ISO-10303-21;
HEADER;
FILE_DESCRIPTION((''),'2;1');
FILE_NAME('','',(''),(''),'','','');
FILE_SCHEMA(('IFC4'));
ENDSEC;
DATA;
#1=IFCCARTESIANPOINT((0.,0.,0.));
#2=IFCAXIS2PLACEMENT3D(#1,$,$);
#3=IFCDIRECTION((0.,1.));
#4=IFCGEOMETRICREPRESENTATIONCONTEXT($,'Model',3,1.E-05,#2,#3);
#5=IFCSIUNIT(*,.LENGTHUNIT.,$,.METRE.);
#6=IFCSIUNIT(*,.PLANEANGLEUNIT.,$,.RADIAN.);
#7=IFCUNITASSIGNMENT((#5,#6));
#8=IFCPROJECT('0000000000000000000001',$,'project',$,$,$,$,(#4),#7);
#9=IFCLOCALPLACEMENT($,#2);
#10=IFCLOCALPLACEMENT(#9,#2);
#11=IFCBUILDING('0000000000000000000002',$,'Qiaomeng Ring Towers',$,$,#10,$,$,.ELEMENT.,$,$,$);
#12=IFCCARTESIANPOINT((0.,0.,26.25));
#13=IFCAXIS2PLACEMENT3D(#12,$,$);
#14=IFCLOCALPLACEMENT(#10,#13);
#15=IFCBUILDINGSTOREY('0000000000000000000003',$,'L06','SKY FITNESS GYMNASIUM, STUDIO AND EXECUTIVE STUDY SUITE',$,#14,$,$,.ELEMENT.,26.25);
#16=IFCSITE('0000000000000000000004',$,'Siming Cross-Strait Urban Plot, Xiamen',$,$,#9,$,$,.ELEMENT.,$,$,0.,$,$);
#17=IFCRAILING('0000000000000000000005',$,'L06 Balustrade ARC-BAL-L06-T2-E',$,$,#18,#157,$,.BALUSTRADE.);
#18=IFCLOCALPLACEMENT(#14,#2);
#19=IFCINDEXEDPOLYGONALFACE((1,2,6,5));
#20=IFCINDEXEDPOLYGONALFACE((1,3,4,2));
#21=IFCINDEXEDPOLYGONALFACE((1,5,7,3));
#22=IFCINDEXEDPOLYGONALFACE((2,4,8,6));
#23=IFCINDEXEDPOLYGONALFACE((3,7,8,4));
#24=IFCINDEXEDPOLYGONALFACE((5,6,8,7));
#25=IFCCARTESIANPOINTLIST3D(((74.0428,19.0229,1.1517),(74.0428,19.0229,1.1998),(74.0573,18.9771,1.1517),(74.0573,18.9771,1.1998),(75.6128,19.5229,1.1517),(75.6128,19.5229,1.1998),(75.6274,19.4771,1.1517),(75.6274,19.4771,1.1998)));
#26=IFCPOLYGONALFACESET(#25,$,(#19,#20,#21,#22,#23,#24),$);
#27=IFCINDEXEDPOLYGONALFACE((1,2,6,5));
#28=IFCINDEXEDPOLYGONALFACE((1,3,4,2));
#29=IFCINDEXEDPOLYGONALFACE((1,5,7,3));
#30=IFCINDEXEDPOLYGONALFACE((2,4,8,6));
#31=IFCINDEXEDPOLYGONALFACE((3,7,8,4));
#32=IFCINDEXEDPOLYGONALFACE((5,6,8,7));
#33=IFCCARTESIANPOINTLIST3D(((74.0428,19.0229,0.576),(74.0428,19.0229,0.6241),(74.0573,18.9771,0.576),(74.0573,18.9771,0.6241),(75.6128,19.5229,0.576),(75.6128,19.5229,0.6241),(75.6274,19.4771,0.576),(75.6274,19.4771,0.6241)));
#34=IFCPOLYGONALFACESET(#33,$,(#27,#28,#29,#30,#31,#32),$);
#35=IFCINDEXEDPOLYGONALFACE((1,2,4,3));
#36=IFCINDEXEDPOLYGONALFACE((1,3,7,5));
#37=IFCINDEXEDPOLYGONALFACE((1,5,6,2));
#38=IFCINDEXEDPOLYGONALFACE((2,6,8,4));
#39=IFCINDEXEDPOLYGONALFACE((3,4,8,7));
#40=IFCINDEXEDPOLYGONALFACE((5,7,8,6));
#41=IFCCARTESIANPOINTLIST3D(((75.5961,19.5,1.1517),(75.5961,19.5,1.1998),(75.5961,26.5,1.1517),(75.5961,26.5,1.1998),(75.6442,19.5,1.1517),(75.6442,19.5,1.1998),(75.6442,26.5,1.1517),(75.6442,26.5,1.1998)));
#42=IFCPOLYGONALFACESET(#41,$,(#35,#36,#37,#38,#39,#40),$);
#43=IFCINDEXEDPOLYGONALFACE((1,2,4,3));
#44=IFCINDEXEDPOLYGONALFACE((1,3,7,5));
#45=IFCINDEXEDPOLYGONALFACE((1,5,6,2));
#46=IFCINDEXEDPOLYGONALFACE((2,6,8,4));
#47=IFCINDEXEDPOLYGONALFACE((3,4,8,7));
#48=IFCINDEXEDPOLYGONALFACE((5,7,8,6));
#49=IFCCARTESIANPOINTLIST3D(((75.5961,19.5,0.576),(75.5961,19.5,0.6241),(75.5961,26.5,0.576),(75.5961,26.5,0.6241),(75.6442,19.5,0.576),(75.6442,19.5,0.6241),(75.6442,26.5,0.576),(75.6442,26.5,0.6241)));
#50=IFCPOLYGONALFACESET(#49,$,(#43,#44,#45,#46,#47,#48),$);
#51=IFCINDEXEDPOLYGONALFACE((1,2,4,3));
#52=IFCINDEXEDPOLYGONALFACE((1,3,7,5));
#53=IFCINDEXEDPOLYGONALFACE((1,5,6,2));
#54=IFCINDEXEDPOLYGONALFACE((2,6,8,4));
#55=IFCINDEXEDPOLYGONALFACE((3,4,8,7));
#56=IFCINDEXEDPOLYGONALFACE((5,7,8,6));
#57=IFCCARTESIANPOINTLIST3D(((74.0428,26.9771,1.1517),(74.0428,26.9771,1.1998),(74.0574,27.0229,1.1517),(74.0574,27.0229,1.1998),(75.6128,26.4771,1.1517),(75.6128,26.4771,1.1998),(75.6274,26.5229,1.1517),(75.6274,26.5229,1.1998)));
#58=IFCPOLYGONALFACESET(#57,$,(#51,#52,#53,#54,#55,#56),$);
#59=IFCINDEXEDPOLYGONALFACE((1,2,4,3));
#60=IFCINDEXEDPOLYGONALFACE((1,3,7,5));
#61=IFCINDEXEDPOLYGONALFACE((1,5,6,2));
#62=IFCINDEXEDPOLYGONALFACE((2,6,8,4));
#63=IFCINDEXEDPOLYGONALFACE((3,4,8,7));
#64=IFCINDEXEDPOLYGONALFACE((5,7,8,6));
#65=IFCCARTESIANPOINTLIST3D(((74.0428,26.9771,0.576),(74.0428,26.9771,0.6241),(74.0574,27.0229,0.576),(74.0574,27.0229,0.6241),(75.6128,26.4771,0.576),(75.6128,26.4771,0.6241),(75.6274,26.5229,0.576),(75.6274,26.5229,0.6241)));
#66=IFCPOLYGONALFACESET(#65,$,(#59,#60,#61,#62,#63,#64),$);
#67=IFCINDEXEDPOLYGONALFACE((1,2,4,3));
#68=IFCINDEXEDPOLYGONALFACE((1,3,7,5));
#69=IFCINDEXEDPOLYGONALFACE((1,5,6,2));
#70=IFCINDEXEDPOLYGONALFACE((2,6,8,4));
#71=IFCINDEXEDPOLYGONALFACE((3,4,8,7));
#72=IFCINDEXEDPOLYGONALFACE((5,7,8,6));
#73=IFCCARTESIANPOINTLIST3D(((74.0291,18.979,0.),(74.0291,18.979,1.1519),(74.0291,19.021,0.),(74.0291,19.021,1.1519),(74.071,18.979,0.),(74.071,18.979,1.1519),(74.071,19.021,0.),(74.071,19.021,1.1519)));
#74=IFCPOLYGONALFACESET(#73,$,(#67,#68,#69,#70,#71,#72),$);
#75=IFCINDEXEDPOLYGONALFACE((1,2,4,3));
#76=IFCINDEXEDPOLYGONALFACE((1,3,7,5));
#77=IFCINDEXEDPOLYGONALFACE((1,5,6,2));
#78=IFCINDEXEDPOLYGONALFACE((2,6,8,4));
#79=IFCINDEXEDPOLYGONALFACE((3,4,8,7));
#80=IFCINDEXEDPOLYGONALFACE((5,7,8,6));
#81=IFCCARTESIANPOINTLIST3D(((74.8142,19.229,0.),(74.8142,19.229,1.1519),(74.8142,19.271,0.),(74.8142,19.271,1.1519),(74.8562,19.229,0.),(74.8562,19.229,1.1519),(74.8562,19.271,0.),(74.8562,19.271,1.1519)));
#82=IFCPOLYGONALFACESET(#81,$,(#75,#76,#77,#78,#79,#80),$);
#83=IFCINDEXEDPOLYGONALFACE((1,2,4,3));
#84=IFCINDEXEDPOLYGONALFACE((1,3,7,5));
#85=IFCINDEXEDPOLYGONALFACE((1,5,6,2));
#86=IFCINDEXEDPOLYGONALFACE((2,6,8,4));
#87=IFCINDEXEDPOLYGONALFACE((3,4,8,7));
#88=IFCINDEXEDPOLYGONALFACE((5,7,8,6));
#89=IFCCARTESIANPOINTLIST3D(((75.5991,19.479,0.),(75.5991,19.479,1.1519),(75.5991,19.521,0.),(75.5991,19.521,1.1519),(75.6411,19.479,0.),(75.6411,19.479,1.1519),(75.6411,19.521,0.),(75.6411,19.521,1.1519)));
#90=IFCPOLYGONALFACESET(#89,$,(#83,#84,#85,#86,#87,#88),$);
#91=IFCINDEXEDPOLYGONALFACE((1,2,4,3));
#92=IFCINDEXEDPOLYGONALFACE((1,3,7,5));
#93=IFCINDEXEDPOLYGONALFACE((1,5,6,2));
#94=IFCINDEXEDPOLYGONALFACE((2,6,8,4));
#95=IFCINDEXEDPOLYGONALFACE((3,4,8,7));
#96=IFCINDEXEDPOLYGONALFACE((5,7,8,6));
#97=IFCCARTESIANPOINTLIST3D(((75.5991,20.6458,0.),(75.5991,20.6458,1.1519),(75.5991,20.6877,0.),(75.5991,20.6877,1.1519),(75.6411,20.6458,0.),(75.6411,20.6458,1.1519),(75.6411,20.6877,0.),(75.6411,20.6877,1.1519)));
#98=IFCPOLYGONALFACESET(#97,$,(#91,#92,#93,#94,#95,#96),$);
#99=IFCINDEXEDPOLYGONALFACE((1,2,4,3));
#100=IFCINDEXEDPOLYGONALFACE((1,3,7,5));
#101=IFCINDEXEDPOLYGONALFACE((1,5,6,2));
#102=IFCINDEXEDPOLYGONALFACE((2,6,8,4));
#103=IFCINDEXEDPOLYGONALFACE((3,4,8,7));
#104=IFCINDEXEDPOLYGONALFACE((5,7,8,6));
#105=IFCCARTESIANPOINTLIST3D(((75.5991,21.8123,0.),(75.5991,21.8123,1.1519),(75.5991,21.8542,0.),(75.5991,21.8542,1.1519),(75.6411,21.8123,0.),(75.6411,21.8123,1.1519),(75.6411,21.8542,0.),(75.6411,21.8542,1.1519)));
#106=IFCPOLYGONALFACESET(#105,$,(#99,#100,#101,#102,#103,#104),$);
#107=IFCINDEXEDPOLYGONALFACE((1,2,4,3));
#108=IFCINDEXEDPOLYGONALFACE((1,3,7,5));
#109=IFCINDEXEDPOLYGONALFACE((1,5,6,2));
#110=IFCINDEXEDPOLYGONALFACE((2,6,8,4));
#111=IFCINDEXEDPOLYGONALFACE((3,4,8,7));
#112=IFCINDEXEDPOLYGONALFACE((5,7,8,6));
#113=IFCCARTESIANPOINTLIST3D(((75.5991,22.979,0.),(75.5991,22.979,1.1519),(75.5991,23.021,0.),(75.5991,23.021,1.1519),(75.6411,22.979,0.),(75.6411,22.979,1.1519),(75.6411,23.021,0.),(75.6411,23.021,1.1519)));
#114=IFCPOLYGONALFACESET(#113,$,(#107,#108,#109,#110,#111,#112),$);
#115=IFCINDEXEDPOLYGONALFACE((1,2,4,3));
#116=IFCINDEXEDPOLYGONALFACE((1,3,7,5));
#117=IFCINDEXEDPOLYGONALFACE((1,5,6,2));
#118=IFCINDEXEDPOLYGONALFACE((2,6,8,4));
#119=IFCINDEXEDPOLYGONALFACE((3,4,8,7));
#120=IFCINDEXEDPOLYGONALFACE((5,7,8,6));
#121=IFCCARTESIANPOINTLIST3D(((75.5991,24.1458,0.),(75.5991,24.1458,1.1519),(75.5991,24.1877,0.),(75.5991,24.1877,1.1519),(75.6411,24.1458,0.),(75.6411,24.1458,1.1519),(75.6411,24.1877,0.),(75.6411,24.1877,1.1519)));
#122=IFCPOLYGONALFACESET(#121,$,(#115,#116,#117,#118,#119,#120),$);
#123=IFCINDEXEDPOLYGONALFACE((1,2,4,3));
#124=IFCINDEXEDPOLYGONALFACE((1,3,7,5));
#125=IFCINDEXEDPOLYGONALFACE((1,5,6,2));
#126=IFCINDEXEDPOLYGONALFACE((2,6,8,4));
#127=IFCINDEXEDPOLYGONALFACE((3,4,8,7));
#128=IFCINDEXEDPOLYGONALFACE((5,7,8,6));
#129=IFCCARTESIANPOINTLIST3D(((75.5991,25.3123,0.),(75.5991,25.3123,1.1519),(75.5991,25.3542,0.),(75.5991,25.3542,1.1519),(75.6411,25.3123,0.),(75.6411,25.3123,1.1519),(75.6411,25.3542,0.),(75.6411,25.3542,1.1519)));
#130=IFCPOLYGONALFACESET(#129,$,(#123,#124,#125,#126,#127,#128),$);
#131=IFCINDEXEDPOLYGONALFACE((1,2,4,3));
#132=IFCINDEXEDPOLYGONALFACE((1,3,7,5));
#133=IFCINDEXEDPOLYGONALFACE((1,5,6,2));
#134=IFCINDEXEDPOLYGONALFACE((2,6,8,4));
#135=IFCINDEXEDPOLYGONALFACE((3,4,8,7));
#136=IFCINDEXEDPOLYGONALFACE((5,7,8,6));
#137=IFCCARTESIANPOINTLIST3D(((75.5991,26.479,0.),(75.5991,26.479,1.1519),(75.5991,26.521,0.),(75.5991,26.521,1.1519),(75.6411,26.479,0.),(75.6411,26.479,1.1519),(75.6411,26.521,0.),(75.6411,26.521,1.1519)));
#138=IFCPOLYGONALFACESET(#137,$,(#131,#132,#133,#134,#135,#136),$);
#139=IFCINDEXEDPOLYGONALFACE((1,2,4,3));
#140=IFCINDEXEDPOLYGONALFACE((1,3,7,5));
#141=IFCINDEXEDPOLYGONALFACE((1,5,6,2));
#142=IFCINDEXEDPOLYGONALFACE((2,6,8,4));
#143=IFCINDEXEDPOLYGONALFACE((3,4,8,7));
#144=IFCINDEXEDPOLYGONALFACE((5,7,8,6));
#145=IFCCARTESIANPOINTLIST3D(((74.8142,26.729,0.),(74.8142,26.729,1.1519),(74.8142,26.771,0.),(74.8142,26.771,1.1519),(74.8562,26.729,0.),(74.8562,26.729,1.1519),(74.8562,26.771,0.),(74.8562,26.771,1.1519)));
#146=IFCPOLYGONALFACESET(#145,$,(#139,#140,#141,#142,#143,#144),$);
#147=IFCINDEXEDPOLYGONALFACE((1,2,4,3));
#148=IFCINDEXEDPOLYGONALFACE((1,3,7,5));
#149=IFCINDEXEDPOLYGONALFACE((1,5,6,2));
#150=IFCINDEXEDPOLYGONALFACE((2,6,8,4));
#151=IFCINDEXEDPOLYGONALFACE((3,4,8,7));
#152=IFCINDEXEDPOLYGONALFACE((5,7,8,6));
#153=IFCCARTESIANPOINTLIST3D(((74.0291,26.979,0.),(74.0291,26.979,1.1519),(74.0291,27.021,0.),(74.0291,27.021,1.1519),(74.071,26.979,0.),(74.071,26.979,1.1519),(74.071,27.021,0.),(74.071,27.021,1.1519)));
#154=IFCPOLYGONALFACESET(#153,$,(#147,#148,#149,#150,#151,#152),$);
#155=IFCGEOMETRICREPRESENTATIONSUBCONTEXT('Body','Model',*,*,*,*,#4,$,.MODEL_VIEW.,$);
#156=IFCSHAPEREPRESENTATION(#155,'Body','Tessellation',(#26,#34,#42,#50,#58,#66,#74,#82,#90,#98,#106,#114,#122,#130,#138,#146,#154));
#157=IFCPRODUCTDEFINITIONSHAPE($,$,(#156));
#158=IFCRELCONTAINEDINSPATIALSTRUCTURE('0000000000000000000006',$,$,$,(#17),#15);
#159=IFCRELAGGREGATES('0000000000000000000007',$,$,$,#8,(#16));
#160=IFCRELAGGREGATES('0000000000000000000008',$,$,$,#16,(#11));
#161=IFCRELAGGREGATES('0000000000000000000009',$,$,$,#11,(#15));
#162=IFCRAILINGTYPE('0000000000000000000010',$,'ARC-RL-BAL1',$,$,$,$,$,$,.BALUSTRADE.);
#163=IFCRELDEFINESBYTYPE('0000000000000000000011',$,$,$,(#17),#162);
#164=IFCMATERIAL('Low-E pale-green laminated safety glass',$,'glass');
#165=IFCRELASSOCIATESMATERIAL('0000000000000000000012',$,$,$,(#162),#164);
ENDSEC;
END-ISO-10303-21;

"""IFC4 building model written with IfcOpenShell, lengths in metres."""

from ifc_helpers import new_model, si_unit, direction, frame, origin, origin_2d, place, context, subcontext, project, spatial, rectangle, extrude, material, type_object, element, save


model = new_model("IFC4")

# Units and contexts
model_context = context("Model", 3, precision=1e-05, world=origin(), true_north=direction((0.0, 1.0)))
body_context = subcontext(model_context, "Body", "Model", "MODEL_VIEW")
ifc_project = project(units=[si_unit("LENGTHUNIT", "METRE"), si_unit("PLANEANGLEUNIT", "RADIAN")], contexts=[model_context])

# Site, building, storey
site_placement = place(None, origin())
site = spatial("IfcSite", under=ifc_project, at=site_placement, Name="Siming Cross-Strait Urban Plot, Xiamen", CompositionType="ELEMENT", RefElevation=0.0)
building_placement = place(site_placement, origin())
building = spatial("IfcBuilding", under=site, at=building_placement, Name="Qiaomeng Ring Towers", CompositionType="ELEMENT")
storey_placement = place(building_placement, frame((0.0, 0.0, 26.25)))
storey = spatial("IfcBuildingStorey", under=building, at=storey_placement, Name="L06", Description="SKY FITNESS GYMNASIUM, STUDIO AND EXECUTIVE STUDY SUITE", CompositionType="ELEMENT", Elevation=26.25)

# Railing
ifc_material_1 = material(Name="Low-E pale-green laminated safety glass", Category="glass")
railing_type = type_object("IfcRailingType", Name="ARC-RL-BAL1", PredefinedType="BALUSTRADE", material=ifc_material_1)
railing_1_placement = place(storey_placement, frame((74.05, 19.0, 0.0)))
element("IfcRailing", 1, at=railing_1_placement, inside=storey, type_object=railing_type, Name="L06 Balustrade ARC-BAL-L06-T2-E", PredefinedType="BALUSTRADE", context=body_context, shape_type="SweptSolid", body=[
    extrude(rectangle(XDim=0.0481, YDim=0.0481, at=origin_2d()), frame((0.0, 0.0, 1.1758), z_axis=(0.95285, 0.303442, 0.0), x_axis=(-0.303442, 0.95285, 0.0)), (0.0, 0.0, 1.0), 1.6477),
    extrude(rectangle(XDim=0.0481, YDim=0.0481, at=origin_2d()), frame((0.0, 0.0, 0.6001), z_axis=(0.95285, 0.303442, 0.0), x_axis=(-0.303442, 0.95285, 0.0)), (0.0, 0.0, 1.0), 1.6477),
    extrude(rectangle(XDim=0.0481, YDim=0.0481, at=origin_2d()), frame((1.5701, 0.5, 1.1758), z_axis=(0.0, 1.0, 0.0), x_axis=(-1.0, 0.0, 0.0)), (0.0, 0.0, 1.0), 7.0),
    extrude(rectangle(XDim=0.0481, YDim=0.0481, at=origin_2d()), frame((1.5701, 0.5, 0.6001), z_axis=(0.0, 1.0, 0.0), x_axis=(-1.0, 0.0, 0.0)), (0.0, 0.0, 1.0), 7.0),
    extrude(rectangle(XDim=0.0481, YDim=0.0481, at=origin_2d()), frame((1.5701, 7.5, 1.1758), z_axis=(-0.95285, 0.303442, 0.0), x_axis=(-0.303442, -0.95285, 0.0)), (0.0, 0.0, 1.0), 1.6477),
    extrude(rectangle(XDim=0.0481, YDim=0.0481, at=origin_2d()), frame((1.5701, 7.5, 0.6001), z_axis=(-0.95285, 0.303442, 0.0), x_axis=(-0.303442, -0.95285, 0.0)), (0.0, 0.0, 1.0), 1.6477),
    extrude(rectangle(XDim=0.042, YDim=0.042, at=origin_2d()), origin(), (0.0, 0.0, 1.0), 1.1519),
    extrude(rectangle(XDim=0.042, YDim=0.042, at=origin_2d()), frame((0.7852, 0.25, 0.0)), (0.0, 0.0, 1.0), 1.1519),
    extrude(rectangle(XDim=0.042, YDim=0.042, at=origin_2d()), frame((1.5701, 0.5, 0.0)), (0.0, 0.0, 1.0), 1.1519),
    extrude(rectangle(XDim=0.042, YDim=0.042, at=origin_2d()), frame((1.5701, 1.6667, 0.0)), (0.0, 0.0, 1.0), 1.1519),
    extrude(rectangle(XDim=0.042, YDim=0.042, at=origin_2d()), frame((1.5701, 2.8333, 0.0)), (0.0, 0.0, 1.0), 1.1519),
    extrude(rectangle(XDim=0.042, YDim=0.042, at=origin_2d()), frame((1.5701, 4.0, 0.0)), (0.0, 0.0, 1.0), 1.1519),
    extrude(rectangle(XDim=0.042, YDim=0.042, at=origin_2d()), frame((1.5701, 5.1667, 0.0)), (0.0, 0.0, 1.0), 1.1519),
    extrude(rectangle(XDim=0.042, YDim=0.042, at=origin_2d()), frame((1.5701, 6.3333, 0.0)), (0.0, 0.0, 1.0), 1.1519),
    extrude(rectangle(XDim=0.042, YDim=0.042, at=origin_2d()), frame((1.5701, 7.5, 0.0)), (0.0, 0.0, 1.0), 1.1519),
    extrude(rectangle(XDim=0.042, YDim=0.042, at=origin_2d()), frame((0.7852, 7.75, 0.0)), (0.0, 0.0, 1.0), 1.1519),
    extrude(rectangle(XDim=0.042, YDim=0.042, at=origin_2d()), frame((0.0, 8.0, 0.0)), (0.0, 0.0, 1.0), 1.1519),
])

save(model, "model.ifc")
